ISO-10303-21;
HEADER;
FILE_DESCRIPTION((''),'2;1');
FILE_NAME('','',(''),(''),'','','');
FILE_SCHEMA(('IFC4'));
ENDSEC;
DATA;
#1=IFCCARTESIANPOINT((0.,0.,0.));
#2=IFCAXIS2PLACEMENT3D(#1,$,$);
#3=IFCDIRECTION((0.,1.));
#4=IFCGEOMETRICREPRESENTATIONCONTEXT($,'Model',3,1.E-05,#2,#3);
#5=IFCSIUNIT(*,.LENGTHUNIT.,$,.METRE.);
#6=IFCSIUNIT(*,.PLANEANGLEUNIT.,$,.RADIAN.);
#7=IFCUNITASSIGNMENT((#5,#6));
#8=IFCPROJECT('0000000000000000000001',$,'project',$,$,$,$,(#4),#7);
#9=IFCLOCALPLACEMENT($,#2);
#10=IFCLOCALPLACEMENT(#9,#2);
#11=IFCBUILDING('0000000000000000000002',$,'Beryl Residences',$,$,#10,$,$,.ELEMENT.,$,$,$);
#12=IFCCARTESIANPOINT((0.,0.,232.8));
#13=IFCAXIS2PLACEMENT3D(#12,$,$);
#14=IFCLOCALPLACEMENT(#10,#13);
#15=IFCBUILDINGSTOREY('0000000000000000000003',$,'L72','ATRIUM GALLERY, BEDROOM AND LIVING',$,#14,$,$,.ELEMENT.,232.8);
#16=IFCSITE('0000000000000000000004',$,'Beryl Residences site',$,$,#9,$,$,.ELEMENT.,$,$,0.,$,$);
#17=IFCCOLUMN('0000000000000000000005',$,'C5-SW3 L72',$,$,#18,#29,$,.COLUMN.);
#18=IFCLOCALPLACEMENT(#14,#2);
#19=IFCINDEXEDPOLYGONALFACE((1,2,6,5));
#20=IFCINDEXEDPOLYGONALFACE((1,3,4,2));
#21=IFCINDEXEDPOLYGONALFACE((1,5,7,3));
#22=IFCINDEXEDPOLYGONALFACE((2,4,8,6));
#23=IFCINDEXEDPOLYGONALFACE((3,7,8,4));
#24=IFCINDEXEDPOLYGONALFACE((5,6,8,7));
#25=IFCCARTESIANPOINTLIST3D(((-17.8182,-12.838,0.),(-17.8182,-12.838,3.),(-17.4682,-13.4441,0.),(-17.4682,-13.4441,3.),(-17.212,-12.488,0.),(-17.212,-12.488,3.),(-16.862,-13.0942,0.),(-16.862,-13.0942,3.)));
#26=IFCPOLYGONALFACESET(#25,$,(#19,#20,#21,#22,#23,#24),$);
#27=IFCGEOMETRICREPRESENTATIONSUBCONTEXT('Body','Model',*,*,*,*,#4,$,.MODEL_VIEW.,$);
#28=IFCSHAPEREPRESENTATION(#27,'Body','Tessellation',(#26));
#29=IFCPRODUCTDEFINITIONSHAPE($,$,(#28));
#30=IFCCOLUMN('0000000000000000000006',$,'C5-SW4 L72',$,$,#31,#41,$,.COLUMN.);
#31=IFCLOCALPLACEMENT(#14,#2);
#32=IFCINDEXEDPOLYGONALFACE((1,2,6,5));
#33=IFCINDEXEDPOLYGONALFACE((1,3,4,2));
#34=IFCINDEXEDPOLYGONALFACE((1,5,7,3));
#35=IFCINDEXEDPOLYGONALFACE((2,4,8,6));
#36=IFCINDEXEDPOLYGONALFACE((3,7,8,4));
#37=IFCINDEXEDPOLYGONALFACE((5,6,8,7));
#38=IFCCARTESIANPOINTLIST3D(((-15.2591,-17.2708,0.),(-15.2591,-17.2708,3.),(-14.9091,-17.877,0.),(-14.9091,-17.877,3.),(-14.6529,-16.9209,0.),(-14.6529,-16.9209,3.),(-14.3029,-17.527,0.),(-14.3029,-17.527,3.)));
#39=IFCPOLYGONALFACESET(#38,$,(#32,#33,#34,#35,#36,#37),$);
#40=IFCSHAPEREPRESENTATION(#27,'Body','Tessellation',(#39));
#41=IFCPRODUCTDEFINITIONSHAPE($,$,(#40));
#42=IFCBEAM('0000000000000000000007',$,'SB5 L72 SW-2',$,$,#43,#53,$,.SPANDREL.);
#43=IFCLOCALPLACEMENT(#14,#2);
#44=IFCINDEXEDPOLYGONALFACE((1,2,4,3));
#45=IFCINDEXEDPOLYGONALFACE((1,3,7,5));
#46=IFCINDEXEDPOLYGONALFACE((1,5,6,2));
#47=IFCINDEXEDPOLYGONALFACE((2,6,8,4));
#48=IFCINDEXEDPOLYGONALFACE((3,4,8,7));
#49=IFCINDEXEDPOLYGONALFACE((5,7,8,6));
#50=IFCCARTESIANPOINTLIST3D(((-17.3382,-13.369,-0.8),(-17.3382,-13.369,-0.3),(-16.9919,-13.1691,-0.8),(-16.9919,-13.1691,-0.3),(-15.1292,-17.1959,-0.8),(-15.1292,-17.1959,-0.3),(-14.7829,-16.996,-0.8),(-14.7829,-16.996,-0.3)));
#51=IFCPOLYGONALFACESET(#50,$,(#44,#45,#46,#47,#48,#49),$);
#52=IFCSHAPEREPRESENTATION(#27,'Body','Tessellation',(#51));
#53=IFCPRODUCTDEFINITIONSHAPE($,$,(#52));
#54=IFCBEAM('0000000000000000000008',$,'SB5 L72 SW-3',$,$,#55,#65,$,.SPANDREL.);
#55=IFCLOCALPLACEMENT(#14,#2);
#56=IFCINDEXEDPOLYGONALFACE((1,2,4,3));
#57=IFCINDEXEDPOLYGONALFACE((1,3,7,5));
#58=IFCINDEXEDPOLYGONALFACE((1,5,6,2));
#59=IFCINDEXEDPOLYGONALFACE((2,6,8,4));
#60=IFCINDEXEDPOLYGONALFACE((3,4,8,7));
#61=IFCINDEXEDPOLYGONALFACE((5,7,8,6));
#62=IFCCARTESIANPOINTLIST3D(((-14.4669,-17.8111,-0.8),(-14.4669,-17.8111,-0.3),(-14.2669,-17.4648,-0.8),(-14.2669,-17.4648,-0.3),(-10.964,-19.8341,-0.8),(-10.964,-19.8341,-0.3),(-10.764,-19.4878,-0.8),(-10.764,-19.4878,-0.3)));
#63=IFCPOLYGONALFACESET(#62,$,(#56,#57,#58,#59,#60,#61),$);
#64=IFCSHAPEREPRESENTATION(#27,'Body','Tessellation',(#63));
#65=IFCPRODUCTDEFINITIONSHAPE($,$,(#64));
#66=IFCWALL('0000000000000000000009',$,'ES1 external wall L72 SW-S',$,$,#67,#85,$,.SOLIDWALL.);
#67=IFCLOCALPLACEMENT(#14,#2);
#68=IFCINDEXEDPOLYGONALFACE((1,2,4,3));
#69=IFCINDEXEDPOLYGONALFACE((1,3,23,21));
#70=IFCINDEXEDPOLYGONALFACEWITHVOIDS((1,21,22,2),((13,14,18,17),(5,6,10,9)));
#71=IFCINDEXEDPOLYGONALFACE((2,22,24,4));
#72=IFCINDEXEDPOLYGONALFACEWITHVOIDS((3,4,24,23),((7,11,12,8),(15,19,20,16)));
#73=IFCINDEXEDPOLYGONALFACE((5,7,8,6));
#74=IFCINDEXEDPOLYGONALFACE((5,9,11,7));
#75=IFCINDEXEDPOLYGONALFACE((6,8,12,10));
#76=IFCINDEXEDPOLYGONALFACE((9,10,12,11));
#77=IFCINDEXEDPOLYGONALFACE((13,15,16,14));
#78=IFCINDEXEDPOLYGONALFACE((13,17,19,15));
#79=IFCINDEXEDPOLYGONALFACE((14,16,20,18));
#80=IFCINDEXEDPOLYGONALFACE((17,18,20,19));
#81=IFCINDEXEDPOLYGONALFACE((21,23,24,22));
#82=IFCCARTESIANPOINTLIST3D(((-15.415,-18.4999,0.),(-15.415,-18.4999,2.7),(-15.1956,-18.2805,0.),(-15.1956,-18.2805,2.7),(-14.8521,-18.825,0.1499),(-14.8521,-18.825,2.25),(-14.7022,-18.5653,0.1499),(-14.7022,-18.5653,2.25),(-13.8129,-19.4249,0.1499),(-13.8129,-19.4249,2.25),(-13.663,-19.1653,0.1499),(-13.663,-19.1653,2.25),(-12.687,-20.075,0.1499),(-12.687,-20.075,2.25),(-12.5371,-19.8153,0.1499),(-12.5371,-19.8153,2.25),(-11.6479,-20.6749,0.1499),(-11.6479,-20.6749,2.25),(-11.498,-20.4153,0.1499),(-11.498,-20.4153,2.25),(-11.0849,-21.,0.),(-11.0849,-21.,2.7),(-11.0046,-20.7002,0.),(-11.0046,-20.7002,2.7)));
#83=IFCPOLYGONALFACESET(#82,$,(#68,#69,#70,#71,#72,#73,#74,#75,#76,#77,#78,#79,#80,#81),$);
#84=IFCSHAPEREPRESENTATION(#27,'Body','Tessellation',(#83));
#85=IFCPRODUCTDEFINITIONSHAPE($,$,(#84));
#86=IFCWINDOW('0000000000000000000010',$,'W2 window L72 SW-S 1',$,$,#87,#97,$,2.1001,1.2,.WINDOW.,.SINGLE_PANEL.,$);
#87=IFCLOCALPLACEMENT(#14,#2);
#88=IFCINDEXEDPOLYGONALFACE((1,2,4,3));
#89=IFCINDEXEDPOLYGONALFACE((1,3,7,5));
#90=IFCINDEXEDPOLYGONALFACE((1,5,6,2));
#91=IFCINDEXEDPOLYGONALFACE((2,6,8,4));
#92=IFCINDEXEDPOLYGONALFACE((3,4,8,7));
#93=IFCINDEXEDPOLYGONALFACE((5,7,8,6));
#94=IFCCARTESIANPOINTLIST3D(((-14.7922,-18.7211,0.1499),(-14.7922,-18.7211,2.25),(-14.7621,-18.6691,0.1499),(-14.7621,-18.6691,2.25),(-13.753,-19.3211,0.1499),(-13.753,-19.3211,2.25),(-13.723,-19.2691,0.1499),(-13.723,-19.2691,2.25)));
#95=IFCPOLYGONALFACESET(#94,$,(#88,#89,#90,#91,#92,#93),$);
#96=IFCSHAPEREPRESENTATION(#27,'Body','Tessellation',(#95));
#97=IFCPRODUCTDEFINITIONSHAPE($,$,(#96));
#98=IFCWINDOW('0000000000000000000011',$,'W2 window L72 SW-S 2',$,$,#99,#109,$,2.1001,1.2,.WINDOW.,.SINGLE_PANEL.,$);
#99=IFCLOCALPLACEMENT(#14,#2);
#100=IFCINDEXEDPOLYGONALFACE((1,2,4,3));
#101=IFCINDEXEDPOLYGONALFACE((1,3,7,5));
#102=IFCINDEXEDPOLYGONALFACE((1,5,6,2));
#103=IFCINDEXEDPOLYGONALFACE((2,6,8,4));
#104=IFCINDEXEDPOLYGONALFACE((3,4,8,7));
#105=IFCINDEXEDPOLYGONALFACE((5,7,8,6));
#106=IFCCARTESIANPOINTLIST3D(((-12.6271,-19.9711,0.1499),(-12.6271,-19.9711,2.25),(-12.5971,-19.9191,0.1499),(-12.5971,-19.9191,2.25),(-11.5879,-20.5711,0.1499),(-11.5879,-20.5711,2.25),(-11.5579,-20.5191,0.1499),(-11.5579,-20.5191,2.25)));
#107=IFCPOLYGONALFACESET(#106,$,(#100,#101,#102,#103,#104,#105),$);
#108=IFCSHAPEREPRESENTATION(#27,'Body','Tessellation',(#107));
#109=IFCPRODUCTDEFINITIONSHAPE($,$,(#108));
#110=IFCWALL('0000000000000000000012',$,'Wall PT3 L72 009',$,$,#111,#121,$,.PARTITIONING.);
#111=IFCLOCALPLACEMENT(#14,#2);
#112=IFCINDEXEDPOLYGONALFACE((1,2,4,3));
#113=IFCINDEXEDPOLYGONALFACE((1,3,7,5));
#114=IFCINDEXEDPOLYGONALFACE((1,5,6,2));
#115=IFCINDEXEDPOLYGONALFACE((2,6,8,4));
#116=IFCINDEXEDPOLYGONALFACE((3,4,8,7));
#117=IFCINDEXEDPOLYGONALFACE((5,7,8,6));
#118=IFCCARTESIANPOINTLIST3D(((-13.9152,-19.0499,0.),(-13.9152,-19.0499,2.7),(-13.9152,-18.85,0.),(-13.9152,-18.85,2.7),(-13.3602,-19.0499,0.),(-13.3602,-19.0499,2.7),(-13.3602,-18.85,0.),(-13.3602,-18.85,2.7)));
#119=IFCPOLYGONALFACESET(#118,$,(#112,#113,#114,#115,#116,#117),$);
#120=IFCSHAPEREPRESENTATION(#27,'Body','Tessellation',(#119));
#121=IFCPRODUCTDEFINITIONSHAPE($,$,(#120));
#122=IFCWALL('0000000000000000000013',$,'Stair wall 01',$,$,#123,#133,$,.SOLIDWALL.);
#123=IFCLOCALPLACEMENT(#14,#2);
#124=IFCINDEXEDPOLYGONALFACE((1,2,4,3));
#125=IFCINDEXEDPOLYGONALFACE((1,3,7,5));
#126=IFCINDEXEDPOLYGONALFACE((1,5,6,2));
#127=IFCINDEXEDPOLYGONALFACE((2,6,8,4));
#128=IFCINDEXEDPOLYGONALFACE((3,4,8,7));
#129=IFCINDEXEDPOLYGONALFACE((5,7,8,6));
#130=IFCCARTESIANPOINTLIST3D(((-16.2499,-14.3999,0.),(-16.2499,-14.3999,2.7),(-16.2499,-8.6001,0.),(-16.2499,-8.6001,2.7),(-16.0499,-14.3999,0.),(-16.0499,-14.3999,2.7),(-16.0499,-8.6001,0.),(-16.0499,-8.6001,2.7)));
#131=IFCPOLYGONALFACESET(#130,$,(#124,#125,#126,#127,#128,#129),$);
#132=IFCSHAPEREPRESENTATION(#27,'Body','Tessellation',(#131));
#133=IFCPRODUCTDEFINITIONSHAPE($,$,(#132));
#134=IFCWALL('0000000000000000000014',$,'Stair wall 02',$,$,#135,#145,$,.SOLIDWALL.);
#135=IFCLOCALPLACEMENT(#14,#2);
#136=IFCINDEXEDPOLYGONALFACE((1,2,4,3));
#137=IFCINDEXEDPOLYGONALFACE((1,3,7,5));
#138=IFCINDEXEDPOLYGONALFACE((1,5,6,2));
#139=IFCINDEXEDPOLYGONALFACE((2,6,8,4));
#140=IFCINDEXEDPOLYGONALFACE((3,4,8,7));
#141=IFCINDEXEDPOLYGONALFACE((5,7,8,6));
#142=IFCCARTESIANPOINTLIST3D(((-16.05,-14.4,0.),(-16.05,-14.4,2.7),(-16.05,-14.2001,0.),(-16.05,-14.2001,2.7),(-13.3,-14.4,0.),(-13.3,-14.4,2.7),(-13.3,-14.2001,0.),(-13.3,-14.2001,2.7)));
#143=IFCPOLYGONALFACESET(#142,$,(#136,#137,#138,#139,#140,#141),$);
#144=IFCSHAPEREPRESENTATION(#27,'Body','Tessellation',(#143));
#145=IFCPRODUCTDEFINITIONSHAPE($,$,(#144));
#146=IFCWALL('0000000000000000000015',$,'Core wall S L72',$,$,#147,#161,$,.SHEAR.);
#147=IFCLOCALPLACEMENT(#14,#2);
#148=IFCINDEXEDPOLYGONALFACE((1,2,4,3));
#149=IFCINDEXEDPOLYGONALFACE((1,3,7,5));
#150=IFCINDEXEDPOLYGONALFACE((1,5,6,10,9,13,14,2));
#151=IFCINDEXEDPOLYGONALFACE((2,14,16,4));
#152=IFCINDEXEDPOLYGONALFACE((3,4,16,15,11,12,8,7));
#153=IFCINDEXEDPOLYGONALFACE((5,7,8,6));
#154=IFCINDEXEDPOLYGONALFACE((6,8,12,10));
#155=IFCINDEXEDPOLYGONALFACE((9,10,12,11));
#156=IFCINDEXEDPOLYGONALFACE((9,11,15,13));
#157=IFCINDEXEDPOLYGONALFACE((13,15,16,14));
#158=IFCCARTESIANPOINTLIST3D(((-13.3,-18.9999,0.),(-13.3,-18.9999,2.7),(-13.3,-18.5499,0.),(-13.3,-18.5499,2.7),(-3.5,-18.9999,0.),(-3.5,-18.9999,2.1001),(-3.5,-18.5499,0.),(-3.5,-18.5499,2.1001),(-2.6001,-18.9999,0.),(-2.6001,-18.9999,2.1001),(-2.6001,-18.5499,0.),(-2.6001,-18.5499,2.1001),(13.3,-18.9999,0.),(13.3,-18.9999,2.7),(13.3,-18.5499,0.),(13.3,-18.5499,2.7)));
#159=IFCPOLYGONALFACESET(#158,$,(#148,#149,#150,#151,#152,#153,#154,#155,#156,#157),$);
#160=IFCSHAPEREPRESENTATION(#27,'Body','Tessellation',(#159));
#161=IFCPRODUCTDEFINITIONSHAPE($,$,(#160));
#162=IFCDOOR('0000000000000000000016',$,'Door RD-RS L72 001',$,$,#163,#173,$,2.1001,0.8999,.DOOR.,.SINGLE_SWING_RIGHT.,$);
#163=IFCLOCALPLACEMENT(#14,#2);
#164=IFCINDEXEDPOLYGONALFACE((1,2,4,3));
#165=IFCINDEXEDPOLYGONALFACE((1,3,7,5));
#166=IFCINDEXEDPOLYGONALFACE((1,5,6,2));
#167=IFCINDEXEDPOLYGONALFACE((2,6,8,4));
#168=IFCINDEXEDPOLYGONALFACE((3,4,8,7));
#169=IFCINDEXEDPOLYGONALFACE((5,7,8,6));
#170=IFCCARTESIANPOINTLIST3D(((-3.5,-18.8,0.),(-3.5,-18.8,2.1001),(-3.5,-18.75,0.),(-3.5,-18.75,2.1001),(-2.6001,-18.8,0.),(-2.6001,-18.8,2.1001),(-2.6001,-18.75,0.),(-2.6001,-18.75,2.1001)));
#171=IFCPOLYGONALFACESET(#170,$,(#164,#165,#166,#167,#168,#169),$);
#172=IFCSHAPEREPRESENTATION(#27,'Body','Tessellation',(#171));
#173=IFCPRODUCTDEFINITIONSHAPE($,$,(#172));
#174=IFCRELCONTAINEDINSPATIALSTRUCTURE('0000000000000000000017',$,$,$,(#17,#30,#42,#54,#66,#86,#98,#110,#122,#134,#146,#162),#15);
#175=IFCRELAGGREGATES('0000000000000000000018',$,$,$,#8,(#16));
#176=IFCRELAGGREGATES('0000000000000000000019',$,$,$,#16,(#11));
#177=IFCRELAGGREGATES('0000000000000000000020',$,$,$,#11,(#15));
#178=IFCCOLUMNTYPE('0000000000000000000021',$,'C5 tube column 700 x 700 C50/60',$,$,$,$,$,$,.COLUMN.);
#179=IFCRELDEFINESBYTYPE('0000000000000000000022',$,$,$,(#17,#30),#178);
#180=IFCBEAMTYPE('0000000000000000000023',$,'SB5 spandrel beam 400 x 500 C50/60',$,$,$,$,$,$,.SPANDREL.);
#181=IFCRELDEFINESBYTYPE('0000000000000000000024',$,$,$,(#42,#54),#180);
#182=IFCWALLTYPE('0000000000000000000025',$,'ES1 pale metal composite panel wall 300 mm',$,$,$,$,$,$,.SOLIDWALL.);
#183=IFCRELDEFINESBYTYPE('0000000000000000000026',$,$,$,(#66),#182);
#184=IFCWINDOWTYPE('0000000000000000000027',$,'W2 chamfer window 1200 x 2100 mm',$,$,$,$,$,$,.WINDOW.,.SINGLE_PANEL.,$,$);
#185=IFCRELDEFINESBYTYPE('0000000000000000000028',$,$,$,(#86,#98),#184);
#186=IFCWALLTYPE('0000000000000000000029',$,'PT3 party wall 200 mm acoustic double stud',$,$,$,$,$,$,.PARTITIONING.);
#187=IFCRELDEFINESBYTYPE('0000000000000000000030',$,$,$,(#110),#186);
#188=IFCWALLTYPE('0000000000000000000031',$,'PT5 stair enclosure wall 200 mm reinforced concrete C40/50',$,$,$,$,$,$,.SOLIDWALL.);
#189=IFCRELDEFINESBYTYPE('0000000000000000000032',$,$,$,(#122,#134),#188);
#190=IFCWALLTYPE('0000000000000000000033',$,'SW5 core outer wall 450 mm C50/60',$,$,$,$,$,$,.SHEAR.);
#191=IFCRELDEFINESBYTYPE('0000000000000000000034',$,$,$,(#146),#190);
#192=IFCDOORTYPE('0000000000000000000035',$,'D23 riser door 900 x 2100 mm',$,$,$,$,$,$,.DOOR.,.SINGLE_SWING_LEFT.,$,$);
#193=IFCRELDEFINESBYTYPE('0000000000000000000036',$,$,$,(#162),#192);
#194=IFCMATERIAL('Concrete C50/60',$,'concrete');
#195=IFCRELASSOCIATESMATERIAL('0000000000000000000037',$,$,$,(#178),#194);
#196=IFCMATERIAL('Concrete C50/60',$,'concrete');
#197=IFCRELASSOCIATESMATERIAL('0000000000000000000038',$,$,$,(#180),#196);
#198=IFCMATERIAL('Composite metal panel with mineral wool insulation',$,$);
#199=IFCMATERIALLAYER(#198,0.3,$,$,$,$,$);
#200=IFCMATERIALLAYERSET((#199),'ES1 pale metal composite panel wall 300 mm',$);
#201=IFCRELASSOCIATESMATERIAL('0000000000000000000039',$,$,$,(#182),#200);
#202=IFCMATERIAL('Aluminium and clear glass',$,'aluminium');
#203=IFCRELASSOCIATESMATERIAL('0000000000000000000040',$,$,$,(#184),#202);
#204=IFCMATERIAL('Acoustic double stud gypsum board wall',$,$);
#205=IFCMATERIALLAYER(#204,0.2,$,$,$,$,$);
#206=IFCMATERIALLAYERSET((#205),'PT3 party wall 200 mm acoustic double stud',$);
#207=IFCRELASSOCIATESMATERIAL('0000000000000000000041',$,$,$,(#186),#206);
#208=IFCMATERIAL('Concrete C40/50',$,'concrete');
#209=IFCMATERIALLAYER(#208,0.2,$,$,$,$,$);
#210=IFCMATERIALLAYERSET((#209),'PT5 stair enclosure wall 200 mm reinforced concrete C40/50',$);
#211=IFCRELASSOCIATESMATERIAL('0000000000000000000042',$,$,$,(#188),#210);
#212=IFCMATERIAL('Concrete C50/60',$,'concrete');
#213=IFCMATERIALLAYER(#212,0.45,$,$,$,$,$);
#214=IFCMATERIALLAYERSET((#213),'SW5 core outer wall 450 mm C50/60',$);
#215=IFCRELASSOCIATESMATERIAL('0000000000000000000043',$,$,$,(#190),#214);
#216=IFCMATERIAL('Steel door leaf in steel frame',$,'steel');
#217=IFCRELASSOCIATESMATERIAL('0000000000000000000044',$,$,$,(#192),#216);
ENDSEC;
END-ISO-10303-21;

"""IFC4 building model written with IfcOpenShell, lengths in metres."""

from ifc_helpers import new_model, si_unit, direction, frame, frame_2d, origin, origin_2d, place, context, subcontext, project, spatial, polyline, rectangle, outline, extrude, material, layer, layer_set, material_profile, profile_set, type_object, element, fill, save


model = new_model("IFC4")

# Units and contexts
model_context = context("Model", 3, precision=1e-05, world=origin(), true_north=direction((0.0, 1.0)))
body_context = subcontext(model_context, "Body", "Model", "MODEL_VIEW")
ifc_project = project(units=[si_unit("LENGTHUNIT", "METRE"), si_unit("PLANEANGLEUNIT", "RADIAN")], contexts=[model_context])

# Site, building, storey
site_placement = place(None, origin())
site = spatial("IfcSite", under=ifc_project, at=site_placement, Name="Beryl Residences site", CompositionType="ELEMENT", RefElevation=0.0)
building_placement = place(site_placement, origin())
building = spatial("IfcBuilding", under=site, at=building_placement, Name="Beryl Residences", CompositionType="ELEMENT")
storey_placement = place(building_placement, frame((0.0, 0.0, 232.8)))
storey = spatial("IfcBuildingStorey", under=building, at=storey_placement, Name="L72", Description="ATRIUM GALLERY, BEDROOM AND LIVING", CompositionType="ELEMENT", Elevation=232.8)

# Columns
ifc_material_1 = material(Name="Concrete C50/60", Category="concrete")
ifc_material_profile_1 = material_profile(ifc_material_1, rectangle(XDim=0.7, YDim=0.7, at=origin_2d()))
ifc_profile_set_1 = profile_set([ifc_material_profile_1], Name="Concrete C50/60")
column_type = type_object("IfcColumnType", Name="C5 tube column 700 x 700 C50/60", PredefinedType="COLUMN", material=ifc_profile_set_1)
for number, where, z_axis, x_axis, name in (
    (1, (-17.3401, -12.9661, 0.0), (0.0, 0.0, 1.0), (0.499985, -0.866034, 0.0), "C5-SW3 L72"),
    (2, (-14.781, -17.3989, 0.0), (0.0, 0.0, 1.0), (0.499985, -0.866034, 0.0), "C5-SW4 L72"),
):
    element("IfcColumn", number, at=place(storey_placement, frame(where, z_axis=z_axis, x_axis=x_axis)), inside=storey, type_object=column_type, Name=name, PredefinedType="COLUMN", context=body_context, shape_type="SweptSolid", body=[
        extrude(rectangle(XDim=0.7, YDim=0.7, at=origin_2d()), origin(), (0.0, 0.0, 1.0), 3.0),
    ])

# Beams
ifc_material_2 = material(Name="Concrete C50/60", Category="concrete")
ifc_material_profile_2 = material_profile(ifc_material_2, rectangle(XDim=0.3999, YDim=0.5, at=origin_2d()))
ifc_profile_set_2 = profile_set([ifc_material_profile_2], Name="Concrete C50/60")
beam_type = type_object("IfcBeamType", Name="SB5 spandrel beam 400 x 500 C50/60", PredefinedType="SPANDREL", material=ifc_profile_set_2)
beam_1_placement = place(storey_placement, frame((-17.165, -13.269, -0.55), z_axis=(0.499919, -0.866072, 0.0), x_axis=(0.866072, 0.499919, 0.0)))
element("IfcBeam", 3, at=beam_1_placement, inside=storey, type_object=beam_type, Name="SB5 L72 SW-2", PredefinedType="SPANDREL", context=body_context, shape_type="SweptSolid", body=[
    extrude(rectangle(XDim=0.3999, YDim=0.5, at=origin_2d()), origin(), (0.0, 0.0, 1.0), 4.4187),
])
beam_2_placement = place(storey_placement, frame((-14.3669, -17.6379, -0.55), z_axis=(0.865968, -0.500099, 0.0), x_axis=(0.500099, 0.865968, 0.0)))
element("IfcBeam", 4, at=beam_2_placement, inside=storey, type_object=beam_type, Name="SB5 L72 SW-3", PredefinedType="SPANDREL", context=body_context, shape_type="SweptSolid", body=[
    extrude(rectangle(XDim=0.3999, YDim=0.5, at=origin_2d()), origin(), (0.0, 0.0, 1.0), 4.0452),
])

# Wall, openings, windows
ifc_material_3 = material(Name="Composite metal panel with mineral wool insulation")
ifc_layer_1 = layer(ifc_material_3, 0.3)
ifc_layer_set_1 = layer_set([ifc_layer_1], Name="ES1 pale metal composite panel wall 300 mm")
wall_type_1 = type_object("IfcWallType", Name="ES1 pale metal composite panel wall 300 mm", PredefinedType="SOLIDWALL", material=ifc_layer_set_1)
wall_1_placement = place(storey_placement, frame((-15.3401, -18.3701, 0.0), z_axis=(0.0, 0.0, 1.0), x_axis=(0.866023, -0.500004, 0.0)))
wall_1 = element("IfcWall", 5, at=wall_1_placement, inside=storey, type_object=wall_type_1, Name="ES1 external wall L72 SW-S", PredefinedType="SOLIDWALL", context=body_context, shape_type="SweptSolid", body=[
    extrude(outline(polyline([(0.0, -0.1499), (5.0, -0.1499), (4.9197, 0.1499), (0.0803, 0.1499), (0.0, -0.1499)])), origin(), (0.0, 0.0, 1.0), 2.7),
])
opening_1_placement = place(wall_1_placement, frame((0.6499, 0.0, 0.1499)))
opening_1 = element("IfcOpeningElement", 6, at=opening_1_placement, cuts=wall_1, PredefinedType="OPENING", context=body_context, shape_type="SweptSolid", body=[
    extrude(rectangle(XDim=1.2, YDim=2.1001, at=frame_2d((0.6001, 1.05))), frame((0.0, 0.1599, 0.0), z_axis=(0.0, -1.0, 0.0), x_axis=(1.0, 0.0, 0.0)), (0.0, 0.0, 1.0), 0.3201),
])
opening_2_placement = place(wall_1_placement, frame((3.1499, 0.0, 0.1499)))
opening_2 = element("IfcOpeningElement", 7, at=opening_2_placement, cuts=wall_1, PredefinedType="OPENING", context=body_context, shape_type="SweptSolid", body=[
    extrude(rectangle(XDim=1.2, YDim=2.1001, at=frame_2d((0.6001, 1.05))), frame((0.0, 0.1599, 0.0), z_axis=(0.0, -1.0, 0.0), x_axis=(1.0, 0.0, 0.0)), (0.0, 0.0, 1.0), 0.3201),
])
ifc_material_4 = material(Name="Aluminium and clear glass", Category="aluminium")
window_type = type_object("IfcWindowType", Name="W2 chamfer window 1200 x 2100 mm", PartitioningType="SINGLE_PANEL", PredefinedType="WINDOW", material=ifc_material_4)
window_1_placement = place(opening_1_placement, origin())
window_1 = element("IfcWindow", 8, at=window_1_placement, inside=storey, type_object=window_type, Name="W2 window L72 SW-S 1", OverallHeight=2.1001, OverallWidth=1.2, PartitioningType="SINGLE_PANEL", PredefinedType="WINDOW", context=body_context, shape_type="SweptSolid", body=[
    extrude(rectangle(XDim=1.2, YDim=2.1001, at=frame_2d((0.6001, 1.05))), frame((0.0, 0.03, 0.0), z_axis=(0.0, -1.0, 0.0), x_axis=(1.0, 0.0, 0.0)), (0.0, 0.0, 1.0), 0.0601),
])
fill(opening_1, window_1)
window_2_placement = place(opening_2_placement, origin())
window_2 = element("IfcWindow", 9, at=window_2_placement, inside=storey, type_object=window_type, Name="W2 window L72 SW-S 2", OverallHeight=2.1001, OverallWidth=1.2, PartitioningType="SINGLE_PANEL", PredefinedType="WINDOW", context=body_context, shape_type="SweptSolid", body=[
    extrude(rectangle(XDim=1.2, YDim=2.1001, at=frame_2d((0.6001, 1.05))), frame((0.0, 0.03, 0.0), z_axis=(0.0, -1.0, 0.0), x_axis=(1.0, 0.0, 0.0)), (0.0, 0.0, 1.0), 0.0601),
])
fill(opening_2, window_2)

# Walls
ifc_material_5 = material(Name="Acoustic double stud gypsum board wall")
ifc_layer_2 = layer(ifc_material_5, 0.2)
ifc_layer_set_2 = layer_set([ifc_layer_2], Name="PT3 party wall 200 mm acoustic double stud")
wall_type_2 = type_object("IfcWallType", Name="PT3 party wall 200 mm acoustic double stud", PredefinedType="PARTITIONING", material=ifc_layer_set_2)
wall_2_placement = place(storey_placement, frame((-13.915, -18.95, 0.0), z_axis=(0.0, 0.0, 1.0), x_axis=(1.0, 0.0, 0.0)))
element("IfcWall", 10, at=wall_2_placement, inside=storey, type_object=wall_type_2, Name="Wall PT3 L72 009", PredefinedType="PARTITIONING", context=body_context, shape_type="SweptSolid", body=[
    extrude(rectangle(XDim=0.5549, YDim=0.2, at=frame_2d((0.2773, 0.0))), origin(), (0.0, 0.0, 1.0), 2.7),
])
ifc_material_6 = material(Name="Concrete C40/50", Category="concrete")
ifc_layer_3 = layer(ifc_material_6, 0.2)
ifc_layer_set_3 = layer_set([ifc_layer_3], Name="PT5 stair enclosure wall 200 mm reinforced concrete C40/50")
wall_type_3 = type_object("IfcWallType", Name="PT5 stair enclosure wall 200 mm reinforced concrete C40/50", PredefinedType="SOLIDWALL", material=ifc_layer_set_3)
wall_3_placement = place(storey_placement, frame((-16.1499, -14.3999, 0.0), z_axis=(0.0, 0.0, 1.0), x_axis=(0.0, 1.0, 0.0)))
element("IfcWall", 11, at=wall_3_placement, inside=storey, type_object=wall_type_3, Name="Stair wall 01", PredefinedType="SOLIDWALL", context=body_context, shape_type="SweptSolid", body=[
    extrude(rectangle(XDim=5.7998, YDim=0.2, at=frame_2d((2.8999, 0.0))), origin(), (0.0, 0.0, 1.0), 2.7),
])
wall_4_placement = place(storey_placement, frame((-16.05, -14.3, 0.0), z_axis=(0.0, 0.0, 1.0), x_axis=(1.0, 0.0, 0.0)))
element("IfcWall", 12, at=wall_4_placement, inside=storey, type_object=wall_type_3, Name="Stair wall 02", PredefinedType="SOLIDWALL", context=body_context, shape_type="SweptSolid", body=[
    extrude(rectangle(XDim=2.75, YDim=0.2, at=frame_2d((1.375, 0.0))), origin(), (0.0, 0.0, 1.0), 2.7),
])

# Wall, opening, door
ifc_material_7 = material(Name="Concrete C50/60", Category="concrete")
ifc_layer_4 = layer(ifc_material_7, 0.45)
ifc_layer_set_4 = layer_set([ifc_layer_4], Name="SW5 core outer wall 450 mm C50/60")
wall_type_4 = type_object("IfcWallType", Name="SW5 core outer wall 450 mm C50/60", PredefinedType="SHEAR", material=ifc_layer_set_4)
wall_5_placement = place(storey_placement, frame((-13.3, -18.7749, 0.0), z_axis=(0.0, 0.0, 1.0), x_axis=(1.0, 0.0, 0.0)))
wall_5 = element("IfcWall", 13, at=wall_5_placement, inside=storey, type_object=wall_type_4, Name="Core wall S L72", PredefinedType="SHEAR", context=body_context, shape_type="SweptSolid", body=[
    extrude(rectangle(XDim=26.6001, YDim=0.45, at=frame_2d((13.3, 0.0))), origin(), (0.0, 0.0, 1.0), 2.7),
])
opening_3_placement = place(wall_5_placement, frame((9.8, 0.0, 0.0)))
opening_3 = element("IfcOpeningElement", 14, at=opening_3_placement, cuts=wall_5, PredefinedType="OPENING", context=body_context, shape_type="SweptSolid", body=[
    extrude(rectangle(XDim=0.8999, YDim=2.1001, at=frame_2d((0.45, 1.05))), frame((0.0, 0.2349, 0.0), z_axis=(0.0, -1.0, 0.0), x_axis=(1.0, 0.0, 0.0)), (0.0, 0.0, 1.0), 0.47),
])
ifc_material_8 = material(Name="Steel door leaf in steel frame", Category="steel")
door_type_1 = type_object("IfcDoorType", Name="D23 riser door 900 x 2100 mm", OperationType="SINGLE_SWING_LEFT", PredefinedType="DOOR", material=ifc_material_8)
door_1_placement = place(opening_3_placement, origin())
door_1 = element("IfcDoor", 15, at=door_1_placement, inside=storey, type_object=door_type_1, Name="Door RD-RS L72 001", OperationType="SINGLE_SWING_RIGHT", OverallHeight=2.1001, OverallWidth=0.8999, PredefinedType="DOOR", context=body_context, shape_type="SweptSolid", body=[
    extrude(rectangle(XDim=0.8999, YDim=2.1001, at=frame_2d((0.45, 1.05))), frame((0.0, 0.0249, 0.0), z_axis=(0.0, -1.0, 0.0), x_axis=(1.0, 0.0, 0.0)), (0.0, 0.0, 1.0), 0.05),
])
fill(opening_3, door_1)

save(model, "model.ifc")
